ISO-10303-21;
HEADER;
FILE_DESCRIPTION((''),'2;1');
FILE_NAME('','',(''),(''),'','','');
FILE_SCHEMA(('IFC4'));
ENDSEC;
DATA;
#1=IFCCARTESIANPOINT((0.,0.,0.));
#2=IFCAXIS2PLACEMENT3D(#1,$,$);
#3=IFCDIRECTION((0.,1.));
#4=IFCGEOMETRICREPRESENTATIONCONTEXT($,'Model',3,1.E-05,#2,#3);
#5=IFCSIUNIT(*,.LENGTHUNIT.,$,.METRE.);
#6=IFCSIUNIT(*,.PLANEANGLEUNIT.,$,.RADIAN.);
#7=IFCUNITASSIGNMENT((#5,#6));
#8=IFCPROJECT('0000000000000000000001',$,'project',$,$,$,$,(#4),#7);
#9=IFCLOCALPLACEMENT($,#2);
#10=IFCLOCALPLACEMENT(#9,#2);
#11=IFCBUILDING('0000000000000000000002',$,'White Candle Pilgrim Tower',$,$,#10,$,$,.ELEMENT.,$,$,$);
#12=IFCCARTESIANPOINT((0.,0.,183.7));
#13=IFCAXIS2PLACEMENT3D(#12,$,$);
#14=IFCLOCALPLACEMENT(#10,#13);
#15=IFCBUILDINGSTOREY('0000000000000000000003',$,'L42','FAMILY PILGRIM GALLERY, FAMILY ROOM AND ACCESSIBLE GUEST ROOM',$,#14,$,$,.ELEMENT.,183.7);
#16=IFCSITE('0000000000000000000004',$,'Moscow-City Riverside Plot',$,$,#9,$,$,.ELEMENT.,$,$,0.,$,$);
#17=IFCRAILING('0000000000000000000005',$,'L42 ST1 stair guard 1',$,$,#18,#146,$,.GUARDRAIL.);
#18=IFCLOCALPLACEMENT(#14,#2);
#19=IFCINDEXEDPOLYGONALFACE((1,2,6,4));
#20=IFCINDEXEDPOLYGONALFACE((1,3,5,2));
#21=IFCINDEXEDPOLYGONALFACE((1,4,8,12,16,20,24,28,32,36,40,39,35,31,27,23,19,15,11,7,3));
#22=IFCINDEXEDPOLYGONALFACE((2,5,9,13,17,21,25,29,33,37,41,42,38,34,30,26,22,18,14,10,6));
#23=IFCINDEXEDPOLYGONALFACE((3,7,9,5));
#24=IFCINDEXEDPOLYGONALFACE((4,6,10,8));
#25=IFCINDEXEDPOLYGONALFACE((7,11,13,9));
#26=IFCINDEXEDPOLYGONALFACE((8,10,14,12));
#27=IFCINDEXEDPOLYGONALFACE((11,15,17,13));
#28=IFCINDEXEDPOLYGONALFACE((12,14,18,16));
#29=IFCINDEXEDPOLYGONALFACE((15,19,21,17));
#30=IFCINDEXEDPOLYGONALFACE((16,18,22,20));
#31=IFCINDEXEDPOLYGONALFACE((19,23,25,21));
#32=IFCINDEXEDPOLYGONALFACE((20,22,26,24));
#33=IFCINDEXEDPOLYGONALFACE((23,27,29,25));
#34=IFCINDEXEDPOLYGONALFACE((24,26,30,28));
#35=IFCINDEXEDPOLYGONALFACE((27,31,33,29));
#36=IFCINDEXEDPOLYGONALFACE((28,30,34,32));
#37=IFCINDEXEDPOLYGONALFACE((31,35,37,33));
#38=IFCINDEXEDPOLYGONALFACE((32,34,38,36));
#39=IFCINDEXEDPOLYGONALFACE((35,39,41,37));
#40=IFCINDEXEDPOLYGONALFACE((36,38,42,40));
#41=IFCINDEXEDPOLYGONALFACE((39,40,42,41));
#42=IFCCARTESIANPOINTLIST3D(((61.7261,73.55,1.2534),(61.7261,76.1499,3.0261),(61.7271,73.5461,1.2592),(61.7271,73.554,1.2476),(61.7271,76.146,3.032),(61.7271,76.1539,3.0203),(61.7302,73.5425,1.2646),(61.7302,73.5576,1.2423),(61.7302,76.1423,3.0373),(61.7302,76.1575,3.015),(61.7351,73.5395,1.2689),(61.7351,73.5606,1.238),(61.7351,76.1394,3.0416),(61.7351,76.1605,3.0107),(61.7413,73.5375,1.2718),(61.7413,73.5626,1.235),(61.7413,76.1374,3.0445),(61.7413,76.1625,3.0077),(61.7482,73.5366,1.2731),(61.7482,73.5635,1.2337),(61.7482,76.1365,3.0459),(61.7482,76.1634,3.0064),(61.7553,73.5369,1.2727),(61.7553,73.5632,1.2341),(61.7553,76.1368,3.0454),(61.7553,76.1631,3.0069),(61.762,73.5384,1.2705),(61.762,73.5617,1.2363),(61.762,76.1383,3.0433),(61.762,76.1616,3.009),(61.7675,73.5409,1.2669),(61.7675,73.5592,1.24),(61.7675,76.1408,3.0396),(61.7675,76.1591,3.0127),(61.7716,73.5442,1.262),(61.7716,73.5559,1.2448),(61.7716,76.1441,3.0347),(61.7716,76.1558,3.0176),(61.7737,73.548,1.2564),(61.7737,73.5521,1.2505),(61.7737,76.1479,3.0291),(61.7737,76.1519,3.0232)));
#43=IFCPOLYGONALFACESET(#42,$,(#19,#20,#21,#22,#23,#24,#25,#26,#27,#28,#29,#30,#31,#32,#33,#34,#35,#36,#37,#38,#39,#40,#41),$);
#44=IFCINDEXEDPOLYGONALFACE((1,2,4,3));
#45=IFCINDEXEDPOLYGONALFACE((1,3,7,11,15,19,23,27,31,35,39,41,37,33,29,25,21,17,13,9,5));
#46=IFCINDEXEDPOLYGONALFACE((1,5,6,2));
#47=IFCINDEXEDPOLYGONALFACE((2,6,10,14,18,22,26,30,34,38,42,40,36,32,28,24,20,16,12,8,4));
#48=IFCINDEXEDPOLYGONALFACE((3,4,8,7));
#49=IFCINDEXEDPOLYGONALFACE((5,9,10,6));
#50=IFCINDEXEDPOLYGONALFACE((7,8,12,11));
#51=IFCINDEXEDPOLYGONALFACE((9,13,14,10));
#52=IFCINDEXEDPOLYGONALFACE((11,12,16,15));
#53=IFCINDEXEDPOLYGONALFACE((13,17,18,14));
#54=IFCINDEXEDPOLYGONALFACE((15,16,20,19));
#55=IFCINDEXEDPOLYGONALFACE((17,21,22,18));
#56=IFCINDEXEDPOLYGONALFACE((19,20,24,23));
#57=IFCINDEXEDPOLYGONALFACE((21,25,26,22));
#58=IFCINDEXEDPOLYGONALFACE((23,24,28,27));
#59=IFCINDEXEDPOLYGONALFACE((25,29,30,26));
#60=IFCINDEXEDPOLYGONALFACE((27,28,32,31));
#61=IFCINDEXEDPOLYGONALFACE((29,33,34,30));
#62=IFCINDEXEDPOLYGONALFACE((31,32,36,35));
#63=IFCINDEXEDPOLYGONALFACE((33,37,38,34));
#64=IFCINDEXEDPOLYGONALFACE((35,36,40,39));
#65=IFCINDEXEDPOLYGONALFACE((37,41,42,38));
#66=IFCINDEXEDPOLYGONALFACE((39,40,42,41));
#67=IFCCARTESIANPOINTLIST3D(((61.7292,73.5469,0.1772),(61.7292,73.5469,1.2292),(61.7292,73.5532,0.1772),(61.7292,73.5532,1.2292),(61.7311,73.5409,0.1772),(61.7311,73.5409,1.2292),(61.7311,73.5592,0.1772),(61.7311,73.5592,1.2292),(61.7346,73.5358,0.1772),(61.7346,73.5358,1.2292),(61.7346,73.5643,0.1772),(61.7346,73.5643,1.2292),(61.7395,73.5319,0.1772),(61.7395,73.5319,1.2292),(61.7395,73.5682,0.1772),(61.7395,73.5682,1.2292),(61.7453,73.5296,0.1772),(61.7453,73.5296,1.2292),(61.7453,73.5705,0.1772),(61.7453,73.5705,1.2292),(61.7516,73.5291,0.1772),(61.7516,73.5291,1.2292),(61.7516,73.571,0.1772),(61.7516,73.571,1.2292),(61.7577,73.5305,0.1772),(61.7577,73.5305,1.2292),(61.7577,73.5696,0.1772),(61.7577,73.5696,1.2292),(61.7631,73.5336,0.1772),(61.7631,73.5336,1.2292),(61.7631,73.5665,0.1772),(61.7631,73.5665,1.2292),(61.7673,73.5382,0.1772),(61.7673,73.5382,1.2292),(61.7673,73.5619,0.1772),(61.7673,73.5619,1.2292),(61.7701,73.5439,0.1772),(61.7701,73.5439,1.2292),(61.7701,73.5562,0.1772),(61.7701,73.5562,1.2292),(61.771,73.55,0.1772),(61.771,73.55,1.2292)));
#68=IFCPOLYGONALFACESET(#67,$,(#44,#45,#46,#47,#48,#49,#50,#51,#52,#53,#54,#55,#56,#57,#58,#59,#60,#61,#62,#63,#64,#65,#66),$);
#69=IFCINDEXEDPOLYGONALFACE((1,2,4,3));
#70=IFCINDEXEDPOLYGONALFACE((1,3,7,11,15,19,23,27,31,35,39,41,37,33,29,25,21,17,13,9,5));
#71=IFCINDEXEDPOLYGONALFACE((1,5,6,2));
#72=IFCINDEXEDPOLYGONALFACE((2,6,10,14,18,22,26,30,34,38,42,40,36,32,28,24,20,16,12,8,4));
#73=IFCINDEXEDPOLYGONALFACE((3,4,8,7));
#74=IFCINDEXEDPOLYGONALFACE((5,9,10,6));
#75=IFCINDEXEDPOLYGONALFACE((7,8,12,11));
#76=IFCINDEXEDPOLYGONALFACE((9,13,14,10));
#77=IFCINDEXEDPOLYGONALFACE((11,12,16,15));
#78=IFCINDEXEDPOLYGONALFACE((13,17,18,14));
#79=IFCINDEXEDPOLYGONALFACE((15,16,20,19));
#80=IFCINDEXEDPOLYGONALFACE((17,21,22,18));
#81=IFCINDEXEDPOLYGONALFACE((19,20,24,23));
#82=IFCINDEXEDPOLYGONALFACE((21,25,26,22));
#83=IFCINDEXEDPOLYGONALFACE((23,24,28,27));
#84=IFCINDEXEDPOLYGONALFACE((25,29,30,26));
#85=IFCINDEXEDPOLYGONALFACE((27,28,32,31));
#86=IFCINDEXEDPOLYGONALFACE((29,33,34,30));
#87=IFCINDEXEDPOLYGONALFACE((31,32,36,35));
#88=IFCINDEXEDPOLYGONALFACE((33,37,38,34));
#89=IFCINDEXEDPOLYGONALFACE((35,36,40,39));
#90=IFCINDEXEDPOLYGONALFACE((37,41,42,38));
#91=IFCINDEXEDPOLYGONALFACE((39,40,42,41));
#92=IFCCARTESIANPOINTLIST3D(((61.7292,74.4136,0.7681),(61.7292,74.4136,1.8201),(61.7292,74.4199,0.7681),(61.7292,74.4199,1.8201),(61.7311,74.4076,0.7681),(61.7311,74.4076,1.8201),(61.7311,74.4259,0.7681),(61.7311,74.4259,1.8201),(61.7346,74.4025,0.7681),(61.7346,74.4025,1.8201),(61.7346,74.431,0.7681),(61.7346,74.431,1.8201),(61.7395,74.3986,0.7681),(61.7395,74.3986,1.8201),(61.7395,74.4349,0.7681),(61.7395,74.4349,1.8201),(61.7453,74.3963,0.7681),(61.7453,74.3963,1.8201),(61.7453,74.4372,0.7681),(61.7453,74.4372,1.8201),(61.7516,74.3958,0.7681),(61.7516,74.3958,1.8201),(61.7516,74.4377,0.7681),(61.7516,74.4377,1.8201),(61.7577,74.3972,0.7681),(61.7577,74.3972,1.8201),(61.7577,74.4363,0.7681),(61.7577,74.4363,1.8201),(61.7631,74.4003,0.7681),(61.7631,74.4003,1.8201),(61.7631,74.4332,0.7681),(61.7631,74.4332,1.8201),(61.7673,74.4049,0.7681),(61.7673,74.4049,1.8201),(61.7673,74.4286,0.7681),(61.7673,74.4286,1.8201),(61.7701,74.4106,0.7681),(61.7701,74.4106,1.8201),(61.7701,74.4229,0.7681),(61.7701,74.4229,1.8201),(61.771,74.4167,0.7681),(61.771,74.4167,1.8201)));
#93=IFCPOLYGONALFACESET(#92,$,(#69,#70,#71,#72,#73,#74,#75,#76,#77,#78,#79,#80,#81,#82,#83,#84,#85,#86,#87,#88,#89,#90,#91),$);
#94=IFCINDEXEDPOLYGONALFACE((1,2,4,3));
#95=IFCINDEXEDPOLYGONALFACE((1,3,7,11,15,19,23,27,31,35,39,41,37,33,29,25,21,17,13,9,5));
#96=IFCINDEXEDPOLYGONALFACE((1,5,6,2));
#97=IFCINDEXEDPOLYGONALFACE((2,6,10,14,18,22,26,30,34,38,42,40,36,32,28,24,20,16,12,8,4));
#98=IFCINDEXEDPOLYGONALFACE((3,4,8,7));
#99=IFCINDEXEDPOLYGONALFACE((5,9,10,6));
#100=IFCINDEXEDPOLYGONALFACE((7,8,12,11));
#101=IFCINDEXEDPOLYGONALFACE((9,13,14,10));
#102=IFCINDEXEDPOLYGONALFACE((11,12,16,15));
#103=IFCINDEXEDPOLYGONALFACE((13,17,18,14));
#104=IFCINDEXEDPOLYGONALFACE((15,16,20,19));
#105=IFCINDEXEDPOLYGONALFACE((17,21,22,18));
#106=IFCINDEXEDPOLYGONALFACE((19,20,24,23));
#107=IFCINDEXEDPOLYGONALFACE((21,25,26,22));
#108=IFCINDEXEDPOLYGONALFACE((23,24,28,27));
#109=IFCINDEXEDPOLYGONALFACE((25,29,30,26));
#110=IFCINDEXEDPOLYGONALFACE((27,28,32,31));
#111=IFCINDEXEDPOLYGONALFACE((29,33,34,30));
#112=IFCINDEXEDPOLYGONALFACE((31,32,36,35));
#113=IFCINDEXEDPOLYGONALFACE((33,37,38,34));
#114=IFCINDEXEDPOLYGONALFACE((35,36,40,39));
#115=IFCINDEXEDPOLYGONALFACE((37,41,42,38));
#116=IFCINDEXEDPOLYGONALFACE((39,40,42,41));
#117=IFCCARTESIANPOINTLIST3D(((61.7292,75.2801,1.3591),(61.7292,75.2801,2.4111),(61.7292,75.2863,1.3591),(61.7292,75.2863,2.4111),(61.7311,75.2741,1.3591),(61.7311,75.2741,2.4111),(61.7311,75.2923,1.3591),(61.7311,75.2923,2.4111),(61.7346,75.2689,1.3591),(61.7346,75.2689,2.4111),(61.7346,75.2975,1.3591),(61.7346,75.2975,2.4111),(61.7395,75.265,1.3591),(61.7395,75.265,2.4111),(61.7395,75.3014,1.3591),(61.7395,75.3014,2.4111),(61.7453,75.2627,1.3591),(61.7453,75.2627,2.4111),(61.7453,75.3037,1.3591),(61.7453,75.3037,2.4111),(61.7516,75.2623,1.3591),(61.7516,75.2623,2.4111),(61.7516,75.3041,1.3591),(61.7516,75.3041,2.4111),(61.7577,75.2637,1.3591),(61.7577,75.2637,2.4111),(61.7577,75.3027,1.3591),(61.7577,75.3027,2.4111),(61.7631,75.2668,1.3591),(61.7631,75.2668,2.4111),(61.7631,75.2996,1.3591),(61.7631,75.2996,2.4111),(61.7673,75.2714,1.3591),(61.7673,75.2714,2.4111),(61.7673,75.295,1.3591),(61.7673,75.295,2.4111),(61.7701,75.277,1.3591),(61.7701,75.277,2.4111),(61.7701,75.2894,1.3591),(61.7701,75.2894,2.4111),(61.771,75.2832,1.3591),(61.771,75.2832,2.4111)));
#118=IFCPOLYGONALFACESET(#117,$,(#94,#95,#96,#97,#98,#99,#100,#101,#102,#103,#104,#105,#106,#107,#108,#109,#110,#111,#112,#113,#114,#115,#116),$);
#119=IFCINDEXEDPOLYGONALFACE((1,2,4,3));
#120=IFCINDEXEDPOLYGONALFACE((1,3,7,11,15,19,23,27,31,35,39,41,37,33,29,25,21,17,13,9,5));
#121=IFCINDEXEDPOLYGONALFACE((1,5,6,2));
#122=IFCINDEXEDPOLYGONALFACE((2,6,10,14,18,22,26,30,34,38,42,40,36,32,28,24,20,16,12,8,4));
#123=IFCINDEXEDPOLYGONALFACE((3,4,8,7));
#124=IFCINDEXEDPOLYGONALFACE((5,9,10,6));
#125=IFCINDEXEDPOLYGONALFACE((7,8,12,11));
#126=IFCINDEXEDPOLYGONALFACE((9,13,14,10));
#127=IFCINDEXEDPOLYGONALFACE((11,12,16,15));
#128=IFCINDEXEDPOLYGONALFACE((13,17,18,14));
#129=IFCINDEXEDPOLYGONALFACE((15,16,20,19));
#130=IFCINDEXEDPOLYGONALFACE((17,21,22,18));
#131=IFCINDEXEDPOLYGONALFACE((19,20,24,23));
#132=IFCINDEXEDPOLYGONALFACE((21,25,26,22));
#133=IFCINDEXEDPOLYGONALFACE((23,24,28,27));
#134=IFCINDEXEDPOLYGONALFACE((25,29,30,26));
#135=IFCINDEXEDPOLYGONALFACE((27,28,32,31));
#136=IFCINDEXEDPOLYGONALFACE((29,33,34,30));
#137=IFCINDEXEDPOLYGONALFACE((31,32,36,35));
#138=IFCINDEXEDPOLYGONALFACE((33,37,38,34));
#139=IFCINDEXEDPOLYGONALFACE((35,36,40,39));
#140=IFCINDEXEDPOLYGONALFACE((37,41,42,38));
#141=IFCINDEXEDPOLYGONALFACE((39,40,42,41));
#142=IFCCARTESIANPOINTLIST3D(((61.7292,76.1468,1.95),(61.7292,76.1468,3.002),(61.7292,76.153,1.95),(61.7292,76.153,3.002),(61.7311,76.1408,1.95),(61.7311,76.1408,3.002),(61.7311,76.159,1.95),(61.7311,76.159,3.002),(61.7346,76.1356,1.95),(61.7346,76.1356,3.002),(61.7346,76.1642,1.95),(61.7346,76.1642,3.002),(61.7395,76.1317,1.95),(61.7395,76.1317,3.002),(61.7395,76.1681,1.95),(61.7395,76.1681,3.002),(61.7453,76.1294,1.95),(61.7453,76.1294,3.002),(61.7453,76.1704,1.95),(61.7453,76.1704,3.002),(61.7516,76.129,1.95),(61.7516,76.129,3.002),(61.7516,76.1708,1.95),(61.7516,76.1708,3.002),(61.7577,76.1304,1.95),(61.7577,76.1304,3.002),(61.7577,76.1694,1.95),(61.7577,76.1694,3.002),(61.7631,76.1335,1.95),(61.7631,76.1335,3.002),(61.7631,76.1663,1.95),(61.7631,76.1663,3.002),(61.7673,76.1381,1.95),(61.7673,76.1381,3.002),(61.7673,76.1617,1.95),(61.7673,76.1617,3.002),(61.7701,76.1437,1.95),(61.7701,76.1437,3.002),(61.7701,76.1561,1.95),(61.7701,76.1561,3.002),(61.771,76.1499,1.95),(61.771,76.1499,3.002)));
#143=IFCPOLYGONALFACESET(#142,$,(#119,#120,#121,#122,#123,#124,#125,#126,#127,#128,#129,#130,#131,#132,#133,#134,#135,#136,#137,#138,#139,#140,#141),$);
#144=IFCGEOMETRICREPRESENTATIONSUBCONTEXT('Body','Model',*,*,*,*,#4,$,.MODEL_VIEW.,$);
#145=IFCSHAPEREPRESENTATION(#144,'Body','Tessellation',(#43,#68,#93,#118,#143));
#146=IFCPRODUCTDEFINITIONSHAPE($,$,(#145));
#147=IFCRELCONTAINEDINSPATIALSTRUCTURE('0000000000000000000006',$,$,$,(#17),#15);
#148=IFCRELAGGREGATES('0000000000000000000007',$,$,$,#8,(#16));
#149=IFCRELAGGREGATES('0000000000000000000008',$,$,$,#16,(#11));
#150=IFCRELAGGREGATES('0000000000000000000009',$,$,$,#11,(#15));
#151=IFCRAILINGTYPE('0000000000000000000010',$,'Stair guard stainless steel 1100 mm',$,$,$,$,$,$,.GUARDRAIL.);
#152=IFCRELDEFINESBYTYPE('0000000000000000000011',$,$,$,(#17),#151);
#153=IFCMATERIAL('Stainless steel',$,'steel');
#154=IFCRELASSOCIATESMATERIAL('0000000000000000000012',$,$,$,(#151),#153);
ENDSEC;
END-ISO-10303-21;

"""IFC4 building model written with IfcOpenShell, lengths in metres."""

from ifc_helpers import new_model, si_unit, direction, frame, origin, origin_2d, place, context, subcontext, project, spatial, circle, extrude, material, type_object, element, save


model = new_model("IFC4")

# Units and contexts
model_context = context("Model", 3, precision=1e-05, world=origin(), true_north=direction((0.0, 1.0)))
body_context = subcontext(model_context, "Body", "Model", "MODEL_VIEW")
ifc_project = project(units=[si_unit("LENGTHUNIT", "METRE"), si_unit("PLANEANGLEUNIT", "RADIAN")], contexts=[model_context])

# Site, building, storey
site_placement = place(None, origin())
site = spatial("IfcSite", under=ifc_project, at=site_placement, Name="Moscow-City Riverside Plot", CompositionType="ELEMENT", RefElevation=0.0)
building_placement = place(site_placement, origin())
building = spatial("IfcBuilding", under=site, at=building_placement, Name="White Candle Pilgrim Tower", CompositionType="ELEMENT")
storey_placement = place(building_placement, frame((0.0, 0.0, 183.7)))
storey = spatial("IfcBuildingStorey", under=building, at=storey_placement, Name="L42", Description="FAMILY PILGRIM GALLERY, FAMILY ROOM AND ACCESSIBLE GUEST ROOM", CompositionType="ELEMENT", Elevation=183.7)

# Railing
ifc_material_1 = material(Name="Stainless steel", Category="steel")
railing_type_1 = type_object("IfcRailingType", Name="Stair guard stainless steel 1100 mm", PredefinedType="GUARDRAIL", material=ifc_material_1)
railing_1_placement = place(storey_placement, frame((61.75, 73.55, 0.1772)))
element("IfcRailing", 1, at=railing_1_placement, inside=storey, type_object=railing_type_1, Name="L42 ST1 stair guard 1", PredefinedType="GUARDRAIL", context=body_context, shape_type="SweptSolid", body=[
    extrude(circle(Radius=0.0239, at=origin_2d()), frame((0.0, 0.0, 1.0762), z_axis=(0.0, 0.826216, 0.563354), x_axis=(-1.0, 0.0, 0.0)), (0.0, 0.0, 1.0), 3.1467),
    extrude(circle(Radius=0.021, at=origin_2d()), origin(), (0.0, 0.0, 1.0), 1.052),
    extrude(circle(Radius=0.021, at=origin_2d()), frame((0.0, 0.8667, 0.5908)), (0.0, 0.0, 1.0), 1.052),
    extrude(circle(Radius=0.021, at=origin_2d()), frame((0.0, 1.7332, 1.1819)), (0.0, 0.0, 1.0), 1.052),
    extrude(circle(Radius=0.021, at=origin_2d()), frame((0.0, 2.5999, 1.7727)), (0.0, 0.0, 1.0), 1.052),
])

save(model, "model.ifc")
